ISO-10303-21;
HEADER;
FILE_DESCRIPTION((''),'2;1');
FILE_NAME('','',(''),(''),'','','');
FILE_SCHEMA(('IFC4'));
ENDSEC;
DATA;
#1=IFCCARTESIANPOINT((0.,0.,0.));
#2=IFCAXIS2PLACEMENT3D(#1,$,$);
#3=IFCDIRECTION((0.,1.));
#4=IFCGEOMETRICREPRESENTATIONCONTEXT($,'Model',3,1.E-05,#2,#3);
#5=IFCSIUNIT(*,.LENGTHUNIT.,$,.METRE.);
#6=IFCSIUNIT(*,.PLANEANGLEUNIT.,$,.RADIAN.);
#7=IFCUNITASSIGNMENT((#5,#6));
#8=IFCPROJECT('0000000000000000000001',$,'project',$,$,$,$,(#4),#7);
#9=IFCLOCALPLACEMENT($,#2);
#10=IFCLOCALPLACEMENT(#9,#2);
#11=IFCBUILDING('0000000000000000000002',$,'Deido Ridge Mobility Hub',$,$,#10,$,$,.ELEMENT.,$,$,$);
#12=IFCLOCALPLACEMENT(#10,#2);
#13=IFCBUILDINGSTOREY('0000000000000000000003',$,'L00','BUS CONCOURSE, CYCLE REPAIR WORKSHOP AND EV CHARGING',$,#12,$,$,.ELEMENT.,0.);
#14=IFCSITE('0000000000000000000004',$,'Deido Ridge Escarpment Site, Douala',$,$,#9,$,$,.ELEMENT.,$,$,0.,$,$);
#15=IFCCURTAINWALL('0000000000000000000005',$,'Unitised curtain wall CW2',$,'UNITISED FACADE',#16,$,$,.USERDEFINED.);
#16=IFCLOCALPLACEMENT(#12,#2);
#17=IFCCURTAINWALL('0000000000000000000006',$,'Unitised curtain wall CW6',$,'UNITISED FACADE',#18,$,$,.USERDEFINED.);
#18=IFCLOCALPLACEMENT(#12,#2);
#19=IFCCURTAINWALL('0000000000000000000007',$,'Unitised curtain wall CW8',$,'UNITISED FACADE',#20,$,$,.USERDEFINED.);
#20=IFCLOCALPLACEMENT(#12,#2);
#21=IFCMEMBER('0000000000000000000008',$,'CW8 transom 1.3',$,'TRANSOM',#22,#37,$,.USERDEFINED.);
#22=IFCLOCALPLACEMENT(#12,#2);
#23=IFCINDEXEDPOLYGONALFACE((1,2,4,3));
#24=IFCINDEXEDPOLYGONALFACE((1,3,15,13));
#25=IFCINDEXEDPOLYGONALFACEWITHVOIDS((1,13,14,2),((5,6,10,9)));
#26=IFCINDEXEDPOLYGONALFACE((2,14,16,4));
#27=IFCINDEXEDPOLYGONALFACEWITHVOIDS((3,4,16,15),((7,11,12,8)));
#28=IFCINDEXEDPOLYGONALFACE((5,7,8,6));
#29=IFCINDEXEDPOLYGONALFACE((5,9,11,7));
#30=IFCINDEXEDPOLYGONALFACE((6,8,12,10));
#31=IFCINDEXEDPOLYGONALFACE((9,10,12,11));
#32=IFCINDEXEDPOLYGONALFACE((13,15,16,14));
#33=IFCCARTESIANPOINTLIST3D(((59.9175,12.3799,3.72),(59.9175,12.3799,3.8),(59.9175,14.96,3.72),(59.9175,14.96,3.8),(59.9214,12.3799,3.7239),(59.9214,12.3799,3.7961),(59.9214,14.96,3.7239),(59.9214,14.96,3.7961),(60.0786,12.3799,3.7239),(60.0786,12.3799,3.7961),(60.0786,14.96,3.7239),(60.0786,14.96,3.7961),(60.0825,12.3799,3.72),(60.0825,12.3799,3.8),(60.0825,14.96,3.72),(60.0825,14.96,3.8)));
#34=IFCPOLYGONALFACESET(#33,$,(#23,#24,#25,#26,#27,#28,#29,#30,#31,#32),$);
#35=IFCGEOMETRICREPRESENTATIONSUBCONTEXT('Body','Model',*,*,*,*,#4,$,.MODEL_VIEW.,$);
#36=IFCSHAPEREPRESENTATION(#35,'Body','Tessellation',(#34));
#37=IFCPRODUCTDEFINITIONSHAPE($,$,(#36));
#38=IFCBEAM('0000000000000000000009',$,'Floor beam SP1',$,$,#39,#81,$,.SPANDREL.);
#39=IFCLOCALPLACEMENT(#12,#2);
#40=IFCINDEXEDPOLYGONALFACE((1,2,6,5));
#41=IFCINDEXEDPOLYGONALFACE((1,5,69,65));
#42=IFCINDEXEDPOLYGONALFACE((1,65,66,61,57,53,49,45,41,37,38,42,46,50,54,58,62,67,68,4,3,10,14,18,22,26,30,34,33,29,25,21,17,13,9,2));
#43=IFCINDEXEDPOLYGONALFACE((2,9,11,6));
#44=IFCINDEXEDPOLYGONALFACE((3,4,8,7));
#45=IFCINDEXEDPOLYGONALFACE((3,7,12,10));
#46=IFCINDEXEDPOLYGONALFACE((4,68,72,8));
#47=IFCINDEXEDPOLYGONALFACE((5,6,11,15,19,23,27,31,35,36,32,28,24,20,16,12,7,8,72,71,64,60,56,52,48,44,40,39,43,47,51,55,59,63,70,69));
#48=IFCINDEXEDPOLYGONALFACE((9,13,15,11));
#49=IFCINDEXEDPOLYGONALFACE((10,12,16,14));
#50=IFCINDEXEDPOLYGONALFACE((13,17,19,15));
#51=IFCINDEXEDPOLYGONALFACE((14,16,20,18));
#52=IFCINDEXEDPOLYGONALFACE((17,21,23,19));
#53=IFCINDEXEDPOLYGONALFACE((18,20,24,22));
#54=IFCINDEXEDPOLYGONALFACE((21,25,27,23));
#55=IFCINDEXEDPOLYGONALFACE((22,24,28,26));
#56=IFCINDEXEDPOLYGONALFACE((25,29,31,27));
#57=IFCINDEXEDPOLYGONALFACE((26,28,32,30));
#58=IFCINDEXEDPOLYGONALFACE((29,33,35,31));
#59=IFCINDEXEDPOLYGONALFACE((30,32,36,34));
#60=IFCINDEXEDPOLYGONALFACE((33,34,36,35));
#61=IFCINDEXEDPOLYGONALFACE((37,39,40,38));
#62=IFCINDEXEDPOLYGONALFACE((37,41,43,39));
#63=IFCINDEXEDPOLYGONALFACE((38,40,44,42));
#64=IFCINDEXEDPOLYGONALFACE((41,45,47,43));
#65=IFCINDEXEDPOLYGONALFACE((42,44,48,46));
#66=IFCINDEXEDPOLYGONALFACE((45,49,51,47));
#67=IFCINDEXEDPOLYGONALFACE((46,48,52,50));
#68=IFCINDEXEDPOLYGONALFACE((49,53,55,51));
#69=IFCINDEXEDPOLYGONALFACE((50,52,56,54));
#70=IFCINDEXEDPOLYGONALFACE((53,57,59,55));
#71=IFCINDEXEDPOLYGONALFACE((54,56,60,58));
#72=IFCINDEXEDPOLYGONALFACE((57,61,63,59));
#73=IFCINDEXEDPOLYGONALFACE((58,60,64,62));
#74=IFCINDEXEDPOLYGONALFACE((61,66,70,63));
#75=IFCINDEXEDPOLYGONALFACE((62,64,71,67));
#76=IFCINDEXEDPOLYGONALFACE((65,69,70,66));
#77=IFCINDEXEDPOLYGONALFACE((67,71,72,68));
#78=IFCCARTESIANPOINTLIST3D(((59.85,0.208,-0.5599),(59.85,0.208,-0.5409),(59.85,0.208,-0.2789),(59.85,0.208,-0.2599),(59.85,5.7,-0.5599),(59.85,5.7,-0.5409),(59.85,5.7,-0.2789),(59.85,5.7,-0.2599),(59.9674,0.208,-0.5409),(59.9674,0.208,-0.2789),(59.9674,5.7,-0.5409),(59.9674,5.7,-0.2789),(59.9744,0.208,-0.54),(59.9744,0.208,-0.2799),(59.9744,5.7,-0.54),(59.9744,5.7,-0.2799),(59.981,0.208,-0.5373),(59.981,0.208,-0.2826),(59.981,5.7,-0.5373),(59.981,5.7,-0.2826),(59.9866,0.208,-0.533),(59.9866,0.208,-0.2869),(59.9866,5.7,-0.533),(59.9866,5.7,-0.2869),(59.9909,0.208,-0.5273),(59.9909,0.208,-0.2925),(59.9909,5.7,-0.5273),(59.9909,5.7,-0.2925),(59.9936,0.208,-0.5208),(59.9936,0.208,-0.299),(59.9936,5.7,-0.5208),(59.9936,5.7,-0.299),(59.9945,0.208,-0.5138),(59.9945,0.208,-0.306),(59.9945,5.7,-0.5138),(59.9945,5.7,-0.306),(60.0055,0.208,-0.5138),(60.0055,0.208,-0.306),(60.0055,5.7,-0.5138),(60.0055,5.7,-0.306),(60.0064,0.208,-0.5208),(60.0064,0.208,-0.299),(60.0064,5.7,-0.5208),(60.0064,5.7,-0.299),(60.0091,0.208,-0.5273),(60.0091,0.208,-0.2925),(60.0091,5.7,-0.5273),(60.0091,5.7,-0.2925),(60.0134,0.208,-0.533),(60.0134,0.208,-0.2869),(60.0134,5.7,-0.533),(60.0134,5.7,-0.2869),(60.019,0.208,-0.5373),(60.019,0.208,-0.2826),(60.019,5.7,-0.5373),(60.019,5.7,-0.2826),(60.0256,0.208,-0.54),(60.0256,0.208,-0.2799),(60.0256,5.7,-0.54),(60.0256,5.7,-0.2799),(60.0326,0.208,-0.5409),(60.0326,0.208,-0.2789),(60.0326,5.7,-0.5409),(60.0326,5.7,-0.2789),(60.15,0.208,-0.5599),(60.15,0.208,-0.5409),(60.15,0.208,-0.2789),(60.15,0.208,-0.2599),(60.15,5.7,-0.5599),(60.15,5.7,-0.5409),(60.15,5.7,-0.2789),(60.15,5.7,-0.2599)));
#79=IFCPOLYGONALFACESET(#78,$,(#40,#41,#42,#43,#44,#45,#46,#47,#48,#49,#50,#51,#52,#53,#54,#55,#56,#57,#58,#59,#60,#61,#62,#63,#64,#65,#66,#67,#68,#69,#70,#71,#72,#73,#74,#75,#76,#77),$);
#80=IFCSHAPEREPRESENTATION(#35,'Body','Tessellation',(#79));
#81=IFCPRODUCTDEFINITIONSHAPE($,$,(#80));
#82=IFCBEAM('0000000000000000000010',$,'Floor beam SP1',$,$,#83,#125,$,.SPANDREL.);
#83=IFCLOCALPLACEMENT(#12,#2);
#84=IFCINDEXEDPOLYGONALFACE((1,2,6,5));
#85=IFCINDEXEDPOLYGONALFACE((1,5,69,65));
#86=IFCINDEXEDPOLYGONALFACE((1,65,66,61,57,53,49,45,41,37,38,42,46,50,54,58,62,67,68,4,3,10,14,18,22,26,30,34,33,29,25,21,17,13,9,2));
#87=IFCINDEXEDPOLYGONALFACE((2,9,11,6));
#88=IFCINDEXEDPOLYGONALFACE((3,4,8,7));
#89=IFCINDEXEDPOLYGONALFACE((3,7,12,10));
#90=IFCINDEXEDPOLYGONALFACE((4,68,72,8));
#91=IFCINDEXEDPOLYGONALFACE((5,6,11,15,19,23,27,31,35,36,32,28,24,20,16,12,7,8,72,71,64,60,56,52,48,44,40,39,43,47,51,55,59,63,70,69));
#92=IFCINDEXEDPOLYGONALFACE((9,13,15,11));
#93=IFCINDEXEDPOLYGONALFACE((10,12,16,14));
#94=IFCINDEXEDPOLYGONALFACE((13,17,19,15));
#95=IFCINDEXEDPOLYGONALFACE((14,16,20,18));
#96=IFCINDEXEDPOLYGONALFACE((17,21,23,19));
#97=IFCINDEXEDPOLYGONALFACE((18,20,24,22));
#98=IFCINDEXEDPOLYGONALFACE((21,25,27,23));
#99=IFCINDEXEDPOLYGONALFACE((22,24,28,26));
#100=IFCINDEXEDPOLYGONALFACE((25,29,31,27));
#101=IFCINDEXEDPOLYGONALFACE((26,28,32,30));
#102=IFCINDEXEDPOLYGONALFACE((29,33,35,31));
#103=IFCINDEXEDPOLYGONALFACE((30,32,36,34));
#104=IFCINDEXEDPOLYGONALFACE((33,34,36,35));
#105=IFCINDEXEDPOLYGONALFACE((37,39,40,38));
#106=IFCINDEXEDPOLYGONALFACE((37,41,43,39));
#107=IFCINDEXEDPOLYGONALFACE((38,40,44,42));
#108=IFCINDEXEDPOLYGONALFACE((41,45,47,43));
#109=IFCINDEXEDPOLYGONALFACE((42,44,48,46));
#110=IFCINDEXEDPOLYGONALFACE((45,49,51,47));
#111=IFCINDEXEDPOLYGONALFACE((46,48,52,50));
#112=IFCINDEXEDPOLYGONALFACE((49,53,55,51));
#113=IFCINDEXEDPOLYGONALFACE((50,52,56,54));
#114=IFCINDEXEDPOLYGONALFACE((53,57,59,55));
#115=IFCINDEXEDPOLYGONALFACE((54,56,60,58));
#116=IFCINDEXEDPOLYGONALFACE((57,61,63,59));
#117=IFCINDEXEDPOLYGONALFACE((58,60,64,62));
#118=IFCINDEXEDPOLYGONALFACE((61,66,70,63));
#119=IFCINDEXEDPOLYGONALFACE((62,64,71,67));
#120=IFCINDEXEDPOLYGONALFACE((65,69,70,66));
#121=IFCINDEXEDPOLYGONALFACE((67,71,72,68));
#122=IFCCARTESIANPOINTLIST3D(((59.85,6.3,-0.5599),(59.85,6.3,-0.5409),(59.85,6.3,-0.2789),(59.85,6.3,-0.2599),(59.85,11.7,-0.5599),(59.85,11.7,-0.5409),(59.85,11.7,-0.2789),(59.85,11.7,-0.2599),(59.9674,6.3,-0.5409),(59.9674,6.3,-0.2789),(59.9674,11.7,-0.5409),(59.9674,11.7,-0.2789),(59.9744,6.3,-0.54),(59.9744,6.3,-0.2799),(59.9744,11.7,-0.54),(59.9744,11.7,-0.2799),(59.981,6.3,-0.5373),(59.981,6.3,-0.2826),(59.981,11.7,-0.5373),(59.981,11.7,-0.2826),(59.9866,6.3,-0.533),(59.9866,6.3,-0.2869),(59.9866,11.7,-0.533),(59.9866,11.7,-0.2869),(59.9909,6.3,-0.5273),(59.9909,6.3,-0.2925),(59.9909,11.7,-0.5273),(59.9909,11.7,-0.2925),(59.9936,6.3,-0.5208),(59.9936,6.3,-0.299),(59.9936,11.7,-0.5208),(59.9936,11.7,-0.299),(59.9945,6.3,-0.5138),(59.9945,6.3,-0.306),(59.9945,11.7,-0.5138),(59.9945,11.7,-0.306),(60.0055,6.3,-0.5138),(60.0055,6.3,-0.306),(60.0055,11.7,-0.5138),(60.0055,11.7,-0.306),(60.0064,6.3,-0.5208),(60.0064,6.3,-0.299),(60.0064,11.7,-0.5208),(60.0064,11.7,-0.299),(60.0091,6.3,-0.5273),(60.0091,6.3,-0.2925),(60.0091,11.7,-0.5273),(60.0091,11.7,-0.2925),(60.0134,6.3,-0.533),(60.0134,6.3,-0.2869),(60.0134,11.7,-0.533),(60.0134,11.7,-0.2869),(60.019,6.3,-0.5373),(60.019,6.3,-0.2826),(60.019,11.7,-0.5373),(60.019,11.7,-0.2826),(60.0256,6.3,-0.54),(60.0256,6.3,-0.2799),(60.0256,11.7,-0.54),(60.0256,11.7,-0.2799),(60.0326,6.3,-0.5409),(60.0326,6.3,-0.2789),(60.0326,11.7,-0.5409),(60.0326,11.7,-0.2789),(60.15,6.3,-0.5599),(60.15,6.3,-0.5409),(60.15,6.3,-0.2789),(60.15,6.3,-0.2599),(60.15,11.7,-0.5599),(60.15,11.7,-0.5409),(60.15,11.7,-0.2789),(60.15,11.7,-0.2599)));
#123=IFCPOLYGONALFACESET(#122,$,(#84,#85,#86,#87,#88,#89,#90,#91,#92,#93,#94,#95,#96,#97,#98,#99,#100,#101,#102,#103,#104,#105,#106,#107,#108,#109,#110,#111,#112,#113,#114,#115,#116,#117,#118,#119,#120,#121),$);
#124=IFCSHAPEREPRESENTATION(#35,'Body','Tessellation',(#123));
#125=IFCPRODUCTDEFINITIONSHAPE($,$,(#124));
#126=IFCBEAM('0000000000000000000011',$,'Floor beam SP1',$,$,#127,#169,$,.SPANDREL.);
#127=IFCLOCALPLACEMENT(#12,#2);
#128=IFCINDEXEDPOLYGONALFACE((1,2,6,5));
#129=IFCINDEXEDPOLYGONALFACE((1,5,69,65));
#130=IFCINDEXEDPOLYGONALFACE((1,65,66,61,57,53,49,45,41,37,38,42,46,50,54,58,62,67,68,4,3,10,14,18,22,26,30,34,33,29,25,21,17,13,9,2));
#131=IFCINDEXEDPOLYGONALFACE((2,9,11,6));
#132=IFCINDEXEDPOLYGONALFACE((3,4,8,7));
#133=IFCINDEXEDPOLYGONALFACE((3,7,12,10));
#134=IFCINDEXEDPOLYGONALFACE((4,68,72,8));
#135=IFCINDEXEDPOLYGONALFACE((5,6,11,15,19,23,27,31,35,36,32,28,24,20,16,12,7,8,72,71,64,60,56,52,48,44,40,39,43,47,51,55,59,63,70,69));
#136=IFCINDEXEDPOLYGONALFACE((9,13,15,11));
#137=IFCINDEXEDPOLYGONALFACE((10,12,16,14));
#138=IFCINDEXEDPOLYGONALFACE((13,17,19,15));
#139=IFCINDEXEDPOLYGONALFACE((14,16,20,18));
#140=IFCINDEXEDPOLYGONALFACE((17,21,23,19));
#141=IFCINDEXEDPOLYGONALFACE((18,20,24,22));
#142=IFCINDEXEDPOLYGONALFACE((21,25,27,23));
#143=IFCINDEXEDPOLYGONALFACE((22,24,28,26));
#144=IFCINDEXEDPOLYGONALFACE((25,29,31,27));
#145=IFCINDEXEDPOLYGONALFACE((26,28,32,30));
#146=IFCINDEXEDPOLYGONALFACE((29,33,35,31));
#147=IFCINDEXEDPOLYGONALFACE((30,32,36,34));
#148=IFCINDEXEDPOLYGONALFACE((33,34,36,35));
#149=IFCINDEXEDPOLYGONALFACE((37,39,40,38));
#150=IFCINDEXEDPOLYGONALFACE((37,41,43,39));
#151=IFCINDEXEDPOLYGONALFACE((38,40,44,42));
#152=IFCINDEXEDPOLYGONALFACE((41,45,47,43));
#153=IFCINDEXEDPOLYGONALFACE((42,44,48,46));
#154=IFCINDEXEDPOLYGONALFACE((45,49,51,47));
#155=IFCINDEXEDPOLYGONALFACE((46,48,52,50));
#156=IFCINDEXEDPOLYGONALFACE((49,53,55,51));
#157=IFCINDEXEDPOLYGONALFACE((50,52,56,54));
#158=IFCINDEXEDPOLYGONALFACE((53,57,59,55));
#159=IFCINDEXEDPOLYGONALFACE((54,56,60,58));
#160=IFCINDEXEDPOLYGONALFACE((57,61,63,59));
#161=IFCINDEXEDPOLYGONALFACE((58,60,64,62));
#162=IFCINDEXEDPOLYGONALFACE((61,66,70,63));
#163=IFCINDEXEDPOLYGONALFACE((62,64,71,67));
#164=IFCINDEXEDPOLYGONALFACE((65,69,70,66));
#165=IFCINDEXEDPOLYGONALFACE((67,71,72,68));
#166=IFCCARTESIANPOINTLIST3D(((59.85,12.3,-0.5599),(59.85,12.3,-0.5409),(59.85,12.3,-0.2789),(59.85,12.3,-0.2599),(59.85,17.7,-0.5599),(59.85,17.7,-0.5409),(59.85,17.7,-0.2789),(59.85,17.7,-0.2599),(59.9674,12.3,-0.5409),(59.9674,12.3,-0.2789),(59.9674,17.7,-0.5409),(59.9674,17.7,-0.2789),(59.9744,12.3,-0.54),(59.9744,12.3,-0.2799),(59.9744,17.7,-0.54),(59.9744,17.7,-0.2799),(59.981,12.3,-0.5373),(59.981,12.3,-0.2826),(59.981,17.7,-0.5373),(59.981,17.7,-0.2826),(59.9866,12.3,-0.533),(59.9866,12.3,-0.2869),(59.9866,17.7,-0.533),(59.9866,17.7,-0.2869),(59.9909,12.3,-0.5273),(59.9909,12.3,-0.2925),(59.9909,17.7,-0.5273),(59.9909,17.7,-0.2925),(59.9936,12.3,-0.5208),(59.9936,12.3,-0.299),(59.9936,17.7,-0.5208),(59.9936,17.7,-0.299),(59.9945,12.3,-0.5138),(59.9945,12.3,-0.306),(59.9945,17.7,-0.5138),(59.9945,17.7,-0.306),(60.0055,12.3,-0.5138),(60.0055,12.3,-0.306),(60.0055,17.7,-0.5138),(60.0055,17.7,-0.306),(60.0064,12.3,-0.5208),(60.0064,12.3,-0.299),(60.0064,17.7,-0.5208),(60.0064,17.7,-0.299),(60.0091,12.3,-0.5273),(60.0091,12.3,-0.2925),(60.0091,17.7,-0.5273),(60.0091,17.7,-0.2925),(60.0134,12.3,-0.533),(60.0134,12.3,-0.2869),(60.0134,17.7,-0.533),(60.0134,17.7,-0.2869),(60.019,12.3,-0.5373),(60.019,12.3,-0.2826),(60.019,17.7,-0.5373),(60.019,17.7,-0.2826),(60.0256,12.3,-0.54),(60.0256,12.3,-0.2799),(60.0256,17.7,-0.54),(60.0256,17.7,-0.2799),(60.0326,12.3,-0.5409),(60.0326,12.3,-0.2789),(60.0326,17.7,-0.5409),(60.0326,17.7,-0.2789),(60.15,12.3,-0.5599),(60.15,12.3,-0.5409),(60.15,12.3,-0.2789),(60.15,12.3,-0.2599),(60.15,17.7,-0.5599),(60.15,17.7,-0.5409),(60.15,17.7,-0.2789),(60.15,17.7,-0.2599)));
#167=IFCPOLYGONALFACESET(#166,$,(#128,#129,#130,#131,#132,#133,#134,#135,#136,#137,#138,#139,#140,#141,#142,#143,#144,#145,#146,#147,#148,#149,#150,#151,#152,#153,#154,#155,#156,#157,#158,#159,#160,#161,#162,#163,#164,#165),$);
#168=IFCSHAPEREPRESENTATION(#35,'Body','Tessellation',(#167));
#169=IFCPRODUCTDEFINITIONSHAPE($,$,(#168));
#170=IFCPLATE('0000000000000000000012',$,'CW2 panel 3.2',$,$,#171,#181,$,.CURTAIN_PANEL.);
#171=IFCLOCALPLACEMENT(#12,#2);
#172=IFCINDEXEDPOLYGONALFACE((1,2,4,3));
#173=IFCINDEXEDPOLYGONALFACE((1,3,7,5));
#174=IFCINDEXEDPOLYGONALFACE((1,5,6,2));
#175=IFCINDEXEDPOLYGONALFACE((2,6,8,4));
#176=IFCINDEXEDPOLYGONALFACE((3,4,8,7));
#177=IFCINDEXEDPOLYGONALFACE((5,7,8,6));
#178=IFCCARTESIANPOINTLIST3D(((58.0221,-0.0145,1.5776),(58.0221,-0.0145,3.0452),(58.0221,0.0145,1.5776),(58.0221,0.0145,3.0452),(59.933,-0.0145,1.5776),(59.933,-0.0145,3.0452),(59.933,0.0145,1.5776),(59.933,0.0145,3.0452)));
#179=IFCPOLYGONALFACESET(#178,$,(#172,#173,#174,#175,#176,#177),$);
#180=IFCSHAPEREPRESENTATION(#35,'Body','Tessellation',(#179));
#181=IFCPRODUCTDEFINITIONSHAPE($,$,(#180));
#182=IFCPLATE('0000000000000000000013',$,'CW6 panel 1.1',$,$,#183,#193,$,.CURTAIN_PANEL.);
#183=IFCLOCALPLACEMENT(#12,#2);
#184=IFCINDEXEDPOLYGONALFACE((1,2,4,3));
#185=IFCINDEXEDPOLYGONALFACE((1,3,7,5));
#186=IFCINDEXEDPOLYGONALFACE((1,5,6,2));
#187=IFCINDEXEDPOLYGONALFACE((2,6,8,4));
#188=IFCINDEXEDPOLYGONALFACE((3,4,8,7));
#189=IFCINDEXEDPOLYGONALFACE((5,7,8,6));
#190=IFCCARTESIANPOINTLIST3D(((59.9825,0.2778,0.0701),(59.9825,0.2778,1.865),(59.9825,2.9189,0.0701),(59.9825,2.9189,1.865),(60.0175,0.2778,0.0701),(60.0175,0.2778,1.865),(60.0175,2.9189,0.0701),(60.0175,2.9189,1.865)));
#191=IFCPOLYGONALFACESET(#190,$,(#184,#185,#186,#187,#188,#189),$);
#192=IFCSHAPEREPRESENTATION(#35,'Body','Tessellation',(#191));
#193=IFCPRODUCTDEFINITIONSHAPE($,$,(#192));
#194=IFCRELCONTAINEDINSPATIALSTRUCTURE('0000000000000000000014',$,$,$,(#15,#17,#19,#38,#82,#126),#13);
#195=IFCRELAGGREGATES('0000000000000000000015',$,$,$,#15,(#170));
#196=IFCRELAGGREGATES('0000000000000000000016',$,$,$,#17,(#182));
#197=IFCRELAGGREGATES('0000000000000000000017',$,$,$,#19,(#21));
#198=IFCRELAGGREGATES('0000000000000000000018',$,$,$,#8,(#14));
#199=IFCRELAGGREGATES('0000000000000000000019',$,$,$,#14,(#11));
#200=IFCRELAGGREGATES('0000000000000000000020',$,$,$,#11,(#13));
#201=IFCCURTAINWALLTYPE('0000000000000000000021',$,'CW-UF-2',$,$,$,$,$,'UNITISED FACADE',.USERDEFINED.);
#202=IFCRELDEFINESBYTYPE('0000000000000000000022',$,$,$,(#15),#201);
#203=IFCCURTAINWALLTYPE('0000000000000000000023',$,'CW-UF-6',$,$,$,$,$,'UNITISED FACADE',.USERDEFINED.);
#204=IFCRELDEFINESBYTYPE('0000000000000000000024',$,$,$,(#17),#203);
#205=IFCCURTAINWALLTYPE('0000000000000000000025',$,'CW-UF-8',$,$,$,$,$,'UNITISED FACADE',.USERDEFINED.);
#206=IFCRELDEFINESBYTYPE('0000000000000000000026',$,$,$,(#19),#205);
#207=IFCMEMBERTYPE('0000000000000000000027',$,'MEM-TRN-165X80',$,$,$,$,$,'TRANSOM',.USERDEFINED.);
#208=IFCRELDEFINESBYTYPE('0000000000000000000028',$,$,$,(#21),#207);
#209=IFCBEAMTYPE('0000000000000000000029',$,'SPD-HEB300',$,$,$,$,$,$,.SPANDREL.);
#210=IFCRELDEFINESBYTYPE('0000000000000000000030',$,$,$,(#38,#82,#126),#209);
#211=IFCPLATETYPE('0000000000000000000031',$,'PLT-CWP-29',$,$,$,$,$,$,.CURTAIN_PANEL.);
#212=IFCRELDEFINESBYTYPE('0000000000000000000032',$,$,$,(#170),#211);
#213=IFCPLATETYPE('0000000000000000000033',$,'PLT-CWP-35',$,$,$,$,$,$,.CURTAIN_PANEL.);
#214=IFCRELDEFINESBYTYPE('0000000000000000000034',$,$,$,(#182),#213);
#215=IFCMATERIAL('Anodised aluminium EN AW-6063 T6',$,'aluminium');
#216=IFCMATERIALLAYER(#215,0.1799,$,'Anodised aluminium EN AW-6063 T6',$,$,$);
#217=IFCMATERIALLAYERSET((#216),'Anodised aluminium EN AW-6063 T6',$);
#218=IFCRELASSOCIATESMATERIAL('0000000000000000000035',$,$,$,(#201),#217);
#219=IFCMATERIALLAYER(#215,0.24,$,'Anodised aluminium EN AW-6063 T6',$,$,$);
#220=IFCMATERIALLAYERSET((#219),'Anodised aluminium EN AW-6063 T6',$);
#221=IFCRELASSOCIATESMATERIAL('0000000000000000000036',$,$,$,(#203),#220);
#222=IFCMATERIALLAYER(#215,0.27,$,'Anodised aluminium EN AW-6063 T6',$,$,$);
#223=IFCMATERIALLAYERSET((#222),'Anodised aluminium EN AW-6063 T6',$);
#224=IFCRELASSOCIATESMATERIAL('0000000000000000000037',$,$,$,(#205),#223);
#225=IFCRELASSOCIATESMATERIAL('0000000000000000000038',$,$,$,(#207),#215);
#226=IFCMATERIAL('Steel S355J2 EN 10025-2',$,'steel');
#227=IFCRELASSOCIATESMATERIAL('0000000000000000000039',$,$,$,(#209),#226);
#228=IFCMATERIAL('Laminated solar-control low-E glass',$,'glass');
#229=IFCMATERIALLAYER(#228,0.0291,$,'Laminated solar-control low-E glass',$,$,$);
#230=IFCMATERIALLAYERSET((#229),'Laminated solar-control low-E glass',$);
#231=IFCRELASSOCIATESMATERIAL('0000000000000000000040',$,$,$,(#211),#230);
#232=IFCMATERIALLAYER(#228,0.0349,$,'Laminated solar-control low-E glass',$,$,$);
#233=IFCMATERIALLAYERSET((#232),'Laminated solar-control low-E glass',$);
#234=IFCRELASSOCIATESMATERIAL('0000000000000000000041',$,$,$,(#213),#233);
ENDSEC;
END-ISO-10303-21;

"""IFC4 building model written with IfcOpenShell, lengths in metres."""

from ifc_helpers import new_model, si_unit, direction, frame, origin, origin_2d, place, context, subcontext, project, spatial, rectangle, hollow_rectangle, i_section, extrude, material, layer, layer_set, material_profile, profile_set, type_object, element, aggregate, save


model = new_model("IFC4")

# Units and contexts
model_context = context("Model", 3, precision=1e-05, world=origin(), true_north=direction((0.0, 1.0)))
body_context = subcontext(model_context, "Body", "Model", "MODEL_VIEW")
ifc_project = project(units=[si_unit("LENGTHUNIT", "METRE"), si_unit("PLANEANGLEUNIT", "RADIAN")], contexts=[model_context])

# Site, building, storey
site_placement = place(None, origin())
site = spatial("IfcSite", under=ifc_project, at=site_placement, Name="Deido Ridge Escarpment Site, Douala", CompositionType="ELEMENT", RefElevation=0.0)
building_placement = place(site_placement, origin())
building = spatial("IfcBuilding", under=site, at=building_placement, Name="Deido Ridge Mobility Hub", CompositionType="ELEMENT")
storey_placement = place(building_placement, origin())
storey = spatial("IfcBuildingStorey", under=building, at=storey_placement, Name="L00", Description="BUS CONCOURSE, CYCLE REPAIR WORKSHOP AND EV CHARGING", CompositionType="ELEMENT", Elevation=0.0)

# Shared definitions
ifc_material_1 = material(Name="Steel S355J2 EN 10025-2", Category="steel")

# Curtain wall
ifc_material_2 = material(Name="Anodised aluminium EN AW-6063 T6", Category="aluminium")
ifc_layer_1 = layer(ifc_material_2, 0.1799, Name="Anodised aluminium EN AW-6063 T6")
ifc_layer_set_1 = layer_set([ifc_layer_1], Name="Anodised aluminium EN AW-6063 T6")
curtain_wall_type_1 = type_object("IfcCurtainWallType", Name="CW-UF-2", ElementType="UNITISED FACADE", PredefinedType="USERDEFINED", material=ifc_layer_set_1)
curtain_wall_1_placement = place(storey_placement, origin())
curtain_wall_1 = element("IfcCurtainWall", 1, at=curtain_wall_1_placement, inside=storey, type_object=curtain_wall_type_1, Name="Unitised curtain wall CW2", ObjectType="UNITISED FACADE", PredefinedType="USERDEFINED")

# Curtain wall
ifc_layer_2 = layer(ifc_material_2, 0.24, Name="Anodised aluminium EN AW-6063 T6")
ifc_layer_set_2 = layer_set([ifc_layer_2], Name="Anodised aluminium EN AW-6063 T6")
curtain_wall_type_2 = type_object("IfcCurtainWallType", Name="CW-UF-6", ElementType="UNITISED FACADE", PredefinedType="USERDEFINED", material=ifc_layer_set_2)
curtain_wall_2_placement = place(storey_placement, origin())
curtain_wall_2 = element("IfcCurtainWall", 2, at=curtain_wall_2_placement, inside=storey, type_object=curtain_wall_type_2, Name="Unitised curtain wall CW6", ObjectType="UNITISED FACADE", PredefinedType="USERDEFINED")

# Curtain wall
ifc_layer_3 = layer(ifc_material_2, 0.27, Name="Anodised aluminium EN AW-6063 T6")
ifc_layer_set_3 = layer_set([ifc_layer_3], Name="Anodised aluminium EN AW-6063 T6")
curtain_wall_type_3 = type_object("IfcCurtainWallType", Name="CW-UF-8", ElementType="UNITISED FACADE", PredefinedType="USERDEFINED", material=ifc_layer_set_3)
curtain_wall_3_placement = place(storey_placement, origin())
curtain_wall_3 = element("IfcCurtainWall", 3, at=curtain_wall_3_placement, inside=storey, type_object=curtain_wall_type_3, Name="Unitised curtain wall CW8", ObjectType="UNITISED FACADE", PredefinedType="USERDEFINED")

# Member
ifc_material_profile_1 = material_profile(ifc_material_2, hollow_rectangle(XDim=0.165, YDim=0.0801, WallThickness=0.0039, at=origin_2d()), Name="RHS 165x80x4")
ifc_profile_set_1 = profile_set([ifc_material_profile_1], Name="Anodised aluminium EN AW-6063 T6")
member_type_1 = type_object("IfcMemberType", Name="MEM-TRN-165X80", ElementType="TRANSOM", PredefinedType="USERDEFINED", material=ifc_profile_set_1)
member_1_placement = place(storey_placement, frame((60.0, 12.3799, 3.76), z_axis=(0.0, 1.0, 0.0), x_axis=(-1.0, 0.0, 0.0)))
member_1 = element("IfcMember", 4, at=member_1_placement, type_object=member_type_1, Name="CW8 transom 1.3", ObjectType="TRANSOM", PredefinedType="USERDEFINED", context=body_context, shape_type="SweptSolid", body=[
    extrude(hollow_rectangle(XDim=0.165, YDim=0.0801, WallThickness=0.0039, at=origin_2d()), origin(), (0.0, 0.0, 1.0), 2.5801),
])

# Beams
ifc_material_profile_2 = material_profile(ifc_material_1, i_section(OverallWidth=0.3, OverallDepth=0.3, WebThickness=0.011, FlangeThickness=0.019, FilletRadius=0.0271, at=origin_2d()), Name="HEB 300")
ifc_profile_set_2 = profile_set([ifc_material_profile_2], Name="Steel S355J2 EN 10025-2")
beam_type = type_object("IfcBeamType", Name="SPD-HEB300", PredefinedType="SPANDREL", material=ifc_profile_set_2)
beam_placement = place(storey_placement, frame((60.0, 0.208, -0.4099), z_axis=(0.0, 1.0, 0.0), x_axis=(-1.0, 0.0, 0.0)))
element("IfcBeam", 5, at=beam_placement, inside=storey, type_object=beam_type, Name="Floor beam SP1", PredefinedType="SPANDREL", context=body_context, shape_type="SweptSolid", body=[
    extrude(i_section(OverallWidth=0.3, OverallDepth=0.3, WebThickness=0.011, FlangeThickness=0.019, FilletRadius=0.0271, at=origin_2d()), origin(), (0.0, 0.0, 1.0), 5.4919),
])
for number, where, z_axis, x_axis, name in (
    (6, (60.0, 6.3, -0.4099), (0.0, 1.0, 0.0), (-1.0, 0.0, 0.0), "Floor beam SP1"),
    (7, (60.0, 12.3, -0.4099), (0.0, 1.0, 0.0), (-1.0, 0.0, 0.0), "Floor beam SP1"),
):
    element("IfcBeam", number, at=place(storey_placement, frame(where, z_axis=z_axis, x_axis=x_axis)), inside=storey, type_object=beam_type, Name=name, PredefinedType="SPANDREL", context=body_context, shape_type="SweptSolid", body=[
        extrude(i_section(OverallWidth=0.3, OverallDepth=0.3, WebThickness=0.011, FlangeThickness=0.019, FilletRadius=0.0271, at=origin_2d()), origin(), (0.0, 0.0, 1.0), 5.3999),
    ])

# Plates
ifc_material_3 = material(Name="Laminated solar-control low-E glass", Category="glass")
ifc_layer_4 = layer(ifc_material_3, 0.0291, Name="Laminated solar-control low-E glass")
ifc_layer_set_4 = layer_set([ifc_layer_4], Name="Laminated solar-control low-E glass")
plate_type_1 = type_object("IfcPlateType", Name="PLT-CWP-29", PredefinedType="CURTAIN_PANEL", material=ifc_layer_set_4)
plate_1_placement = place(storey_placement, frame((58.9775, 0.0, 1.5776), z_axis=(0.0, 0.0, 1.0), x_axis=(1.0, 0.0, 0.0)))
plate_1 = element("IfcPlate", 8, at=plate_1_placement, type_object=plate_type_1, Name="CW2 panel 3.2", PredefinedType="CURTAIN_PANEL", context=body_context, shape_type="SweptSolid", body=[
    extrude(rectangle(XDim=1.9109, YDim=0.0291, at=origin_2d()), origin(), (0.0, 0.0, 1.0), 1.4675),
])
aggregate(curtain_wall_1, [plate_1])
ifc_layer_5 = layer(ifc_material_3, 0.0349, Name="Laminated solar-control low-E glass")
ifc_layer_set_5 = layer_set([ifc_layer_5], Name="Laminated solar-control low-E glass")
plate_type_2 = type_object("IfcPlateType", Name="PLT-CWP-35", PredefinedType="CURTAIN_PANEL", material=ifc_layer_set_5)
plate_2_placement = place(storey_placement, frame((60.0, 1.5984, 0.0701), z_axis=(0.0, 0.0, 1.0), x_axis=(0.0, 1.0, 0.0)))
plate_2 = element("IfcPlate", 9, at=plate_2_placement, type_object=plate_type_2, Name="CW6 panel 1.1", PredefinedType="CURTAIN_PANEL", context=body_context, shape_type="SweptSolid", body=[
    extrude(rectangle(XDim=2.6411, YDim=0.0349, at=origin_2d()), origin(), (0.0, 0.0, 1.0), 1.7949),
])
aggregate(curtain_wall_2, [plate_2])
aggregate(curtain_wall_3, [member_1])

save(model, "model.ifc")
